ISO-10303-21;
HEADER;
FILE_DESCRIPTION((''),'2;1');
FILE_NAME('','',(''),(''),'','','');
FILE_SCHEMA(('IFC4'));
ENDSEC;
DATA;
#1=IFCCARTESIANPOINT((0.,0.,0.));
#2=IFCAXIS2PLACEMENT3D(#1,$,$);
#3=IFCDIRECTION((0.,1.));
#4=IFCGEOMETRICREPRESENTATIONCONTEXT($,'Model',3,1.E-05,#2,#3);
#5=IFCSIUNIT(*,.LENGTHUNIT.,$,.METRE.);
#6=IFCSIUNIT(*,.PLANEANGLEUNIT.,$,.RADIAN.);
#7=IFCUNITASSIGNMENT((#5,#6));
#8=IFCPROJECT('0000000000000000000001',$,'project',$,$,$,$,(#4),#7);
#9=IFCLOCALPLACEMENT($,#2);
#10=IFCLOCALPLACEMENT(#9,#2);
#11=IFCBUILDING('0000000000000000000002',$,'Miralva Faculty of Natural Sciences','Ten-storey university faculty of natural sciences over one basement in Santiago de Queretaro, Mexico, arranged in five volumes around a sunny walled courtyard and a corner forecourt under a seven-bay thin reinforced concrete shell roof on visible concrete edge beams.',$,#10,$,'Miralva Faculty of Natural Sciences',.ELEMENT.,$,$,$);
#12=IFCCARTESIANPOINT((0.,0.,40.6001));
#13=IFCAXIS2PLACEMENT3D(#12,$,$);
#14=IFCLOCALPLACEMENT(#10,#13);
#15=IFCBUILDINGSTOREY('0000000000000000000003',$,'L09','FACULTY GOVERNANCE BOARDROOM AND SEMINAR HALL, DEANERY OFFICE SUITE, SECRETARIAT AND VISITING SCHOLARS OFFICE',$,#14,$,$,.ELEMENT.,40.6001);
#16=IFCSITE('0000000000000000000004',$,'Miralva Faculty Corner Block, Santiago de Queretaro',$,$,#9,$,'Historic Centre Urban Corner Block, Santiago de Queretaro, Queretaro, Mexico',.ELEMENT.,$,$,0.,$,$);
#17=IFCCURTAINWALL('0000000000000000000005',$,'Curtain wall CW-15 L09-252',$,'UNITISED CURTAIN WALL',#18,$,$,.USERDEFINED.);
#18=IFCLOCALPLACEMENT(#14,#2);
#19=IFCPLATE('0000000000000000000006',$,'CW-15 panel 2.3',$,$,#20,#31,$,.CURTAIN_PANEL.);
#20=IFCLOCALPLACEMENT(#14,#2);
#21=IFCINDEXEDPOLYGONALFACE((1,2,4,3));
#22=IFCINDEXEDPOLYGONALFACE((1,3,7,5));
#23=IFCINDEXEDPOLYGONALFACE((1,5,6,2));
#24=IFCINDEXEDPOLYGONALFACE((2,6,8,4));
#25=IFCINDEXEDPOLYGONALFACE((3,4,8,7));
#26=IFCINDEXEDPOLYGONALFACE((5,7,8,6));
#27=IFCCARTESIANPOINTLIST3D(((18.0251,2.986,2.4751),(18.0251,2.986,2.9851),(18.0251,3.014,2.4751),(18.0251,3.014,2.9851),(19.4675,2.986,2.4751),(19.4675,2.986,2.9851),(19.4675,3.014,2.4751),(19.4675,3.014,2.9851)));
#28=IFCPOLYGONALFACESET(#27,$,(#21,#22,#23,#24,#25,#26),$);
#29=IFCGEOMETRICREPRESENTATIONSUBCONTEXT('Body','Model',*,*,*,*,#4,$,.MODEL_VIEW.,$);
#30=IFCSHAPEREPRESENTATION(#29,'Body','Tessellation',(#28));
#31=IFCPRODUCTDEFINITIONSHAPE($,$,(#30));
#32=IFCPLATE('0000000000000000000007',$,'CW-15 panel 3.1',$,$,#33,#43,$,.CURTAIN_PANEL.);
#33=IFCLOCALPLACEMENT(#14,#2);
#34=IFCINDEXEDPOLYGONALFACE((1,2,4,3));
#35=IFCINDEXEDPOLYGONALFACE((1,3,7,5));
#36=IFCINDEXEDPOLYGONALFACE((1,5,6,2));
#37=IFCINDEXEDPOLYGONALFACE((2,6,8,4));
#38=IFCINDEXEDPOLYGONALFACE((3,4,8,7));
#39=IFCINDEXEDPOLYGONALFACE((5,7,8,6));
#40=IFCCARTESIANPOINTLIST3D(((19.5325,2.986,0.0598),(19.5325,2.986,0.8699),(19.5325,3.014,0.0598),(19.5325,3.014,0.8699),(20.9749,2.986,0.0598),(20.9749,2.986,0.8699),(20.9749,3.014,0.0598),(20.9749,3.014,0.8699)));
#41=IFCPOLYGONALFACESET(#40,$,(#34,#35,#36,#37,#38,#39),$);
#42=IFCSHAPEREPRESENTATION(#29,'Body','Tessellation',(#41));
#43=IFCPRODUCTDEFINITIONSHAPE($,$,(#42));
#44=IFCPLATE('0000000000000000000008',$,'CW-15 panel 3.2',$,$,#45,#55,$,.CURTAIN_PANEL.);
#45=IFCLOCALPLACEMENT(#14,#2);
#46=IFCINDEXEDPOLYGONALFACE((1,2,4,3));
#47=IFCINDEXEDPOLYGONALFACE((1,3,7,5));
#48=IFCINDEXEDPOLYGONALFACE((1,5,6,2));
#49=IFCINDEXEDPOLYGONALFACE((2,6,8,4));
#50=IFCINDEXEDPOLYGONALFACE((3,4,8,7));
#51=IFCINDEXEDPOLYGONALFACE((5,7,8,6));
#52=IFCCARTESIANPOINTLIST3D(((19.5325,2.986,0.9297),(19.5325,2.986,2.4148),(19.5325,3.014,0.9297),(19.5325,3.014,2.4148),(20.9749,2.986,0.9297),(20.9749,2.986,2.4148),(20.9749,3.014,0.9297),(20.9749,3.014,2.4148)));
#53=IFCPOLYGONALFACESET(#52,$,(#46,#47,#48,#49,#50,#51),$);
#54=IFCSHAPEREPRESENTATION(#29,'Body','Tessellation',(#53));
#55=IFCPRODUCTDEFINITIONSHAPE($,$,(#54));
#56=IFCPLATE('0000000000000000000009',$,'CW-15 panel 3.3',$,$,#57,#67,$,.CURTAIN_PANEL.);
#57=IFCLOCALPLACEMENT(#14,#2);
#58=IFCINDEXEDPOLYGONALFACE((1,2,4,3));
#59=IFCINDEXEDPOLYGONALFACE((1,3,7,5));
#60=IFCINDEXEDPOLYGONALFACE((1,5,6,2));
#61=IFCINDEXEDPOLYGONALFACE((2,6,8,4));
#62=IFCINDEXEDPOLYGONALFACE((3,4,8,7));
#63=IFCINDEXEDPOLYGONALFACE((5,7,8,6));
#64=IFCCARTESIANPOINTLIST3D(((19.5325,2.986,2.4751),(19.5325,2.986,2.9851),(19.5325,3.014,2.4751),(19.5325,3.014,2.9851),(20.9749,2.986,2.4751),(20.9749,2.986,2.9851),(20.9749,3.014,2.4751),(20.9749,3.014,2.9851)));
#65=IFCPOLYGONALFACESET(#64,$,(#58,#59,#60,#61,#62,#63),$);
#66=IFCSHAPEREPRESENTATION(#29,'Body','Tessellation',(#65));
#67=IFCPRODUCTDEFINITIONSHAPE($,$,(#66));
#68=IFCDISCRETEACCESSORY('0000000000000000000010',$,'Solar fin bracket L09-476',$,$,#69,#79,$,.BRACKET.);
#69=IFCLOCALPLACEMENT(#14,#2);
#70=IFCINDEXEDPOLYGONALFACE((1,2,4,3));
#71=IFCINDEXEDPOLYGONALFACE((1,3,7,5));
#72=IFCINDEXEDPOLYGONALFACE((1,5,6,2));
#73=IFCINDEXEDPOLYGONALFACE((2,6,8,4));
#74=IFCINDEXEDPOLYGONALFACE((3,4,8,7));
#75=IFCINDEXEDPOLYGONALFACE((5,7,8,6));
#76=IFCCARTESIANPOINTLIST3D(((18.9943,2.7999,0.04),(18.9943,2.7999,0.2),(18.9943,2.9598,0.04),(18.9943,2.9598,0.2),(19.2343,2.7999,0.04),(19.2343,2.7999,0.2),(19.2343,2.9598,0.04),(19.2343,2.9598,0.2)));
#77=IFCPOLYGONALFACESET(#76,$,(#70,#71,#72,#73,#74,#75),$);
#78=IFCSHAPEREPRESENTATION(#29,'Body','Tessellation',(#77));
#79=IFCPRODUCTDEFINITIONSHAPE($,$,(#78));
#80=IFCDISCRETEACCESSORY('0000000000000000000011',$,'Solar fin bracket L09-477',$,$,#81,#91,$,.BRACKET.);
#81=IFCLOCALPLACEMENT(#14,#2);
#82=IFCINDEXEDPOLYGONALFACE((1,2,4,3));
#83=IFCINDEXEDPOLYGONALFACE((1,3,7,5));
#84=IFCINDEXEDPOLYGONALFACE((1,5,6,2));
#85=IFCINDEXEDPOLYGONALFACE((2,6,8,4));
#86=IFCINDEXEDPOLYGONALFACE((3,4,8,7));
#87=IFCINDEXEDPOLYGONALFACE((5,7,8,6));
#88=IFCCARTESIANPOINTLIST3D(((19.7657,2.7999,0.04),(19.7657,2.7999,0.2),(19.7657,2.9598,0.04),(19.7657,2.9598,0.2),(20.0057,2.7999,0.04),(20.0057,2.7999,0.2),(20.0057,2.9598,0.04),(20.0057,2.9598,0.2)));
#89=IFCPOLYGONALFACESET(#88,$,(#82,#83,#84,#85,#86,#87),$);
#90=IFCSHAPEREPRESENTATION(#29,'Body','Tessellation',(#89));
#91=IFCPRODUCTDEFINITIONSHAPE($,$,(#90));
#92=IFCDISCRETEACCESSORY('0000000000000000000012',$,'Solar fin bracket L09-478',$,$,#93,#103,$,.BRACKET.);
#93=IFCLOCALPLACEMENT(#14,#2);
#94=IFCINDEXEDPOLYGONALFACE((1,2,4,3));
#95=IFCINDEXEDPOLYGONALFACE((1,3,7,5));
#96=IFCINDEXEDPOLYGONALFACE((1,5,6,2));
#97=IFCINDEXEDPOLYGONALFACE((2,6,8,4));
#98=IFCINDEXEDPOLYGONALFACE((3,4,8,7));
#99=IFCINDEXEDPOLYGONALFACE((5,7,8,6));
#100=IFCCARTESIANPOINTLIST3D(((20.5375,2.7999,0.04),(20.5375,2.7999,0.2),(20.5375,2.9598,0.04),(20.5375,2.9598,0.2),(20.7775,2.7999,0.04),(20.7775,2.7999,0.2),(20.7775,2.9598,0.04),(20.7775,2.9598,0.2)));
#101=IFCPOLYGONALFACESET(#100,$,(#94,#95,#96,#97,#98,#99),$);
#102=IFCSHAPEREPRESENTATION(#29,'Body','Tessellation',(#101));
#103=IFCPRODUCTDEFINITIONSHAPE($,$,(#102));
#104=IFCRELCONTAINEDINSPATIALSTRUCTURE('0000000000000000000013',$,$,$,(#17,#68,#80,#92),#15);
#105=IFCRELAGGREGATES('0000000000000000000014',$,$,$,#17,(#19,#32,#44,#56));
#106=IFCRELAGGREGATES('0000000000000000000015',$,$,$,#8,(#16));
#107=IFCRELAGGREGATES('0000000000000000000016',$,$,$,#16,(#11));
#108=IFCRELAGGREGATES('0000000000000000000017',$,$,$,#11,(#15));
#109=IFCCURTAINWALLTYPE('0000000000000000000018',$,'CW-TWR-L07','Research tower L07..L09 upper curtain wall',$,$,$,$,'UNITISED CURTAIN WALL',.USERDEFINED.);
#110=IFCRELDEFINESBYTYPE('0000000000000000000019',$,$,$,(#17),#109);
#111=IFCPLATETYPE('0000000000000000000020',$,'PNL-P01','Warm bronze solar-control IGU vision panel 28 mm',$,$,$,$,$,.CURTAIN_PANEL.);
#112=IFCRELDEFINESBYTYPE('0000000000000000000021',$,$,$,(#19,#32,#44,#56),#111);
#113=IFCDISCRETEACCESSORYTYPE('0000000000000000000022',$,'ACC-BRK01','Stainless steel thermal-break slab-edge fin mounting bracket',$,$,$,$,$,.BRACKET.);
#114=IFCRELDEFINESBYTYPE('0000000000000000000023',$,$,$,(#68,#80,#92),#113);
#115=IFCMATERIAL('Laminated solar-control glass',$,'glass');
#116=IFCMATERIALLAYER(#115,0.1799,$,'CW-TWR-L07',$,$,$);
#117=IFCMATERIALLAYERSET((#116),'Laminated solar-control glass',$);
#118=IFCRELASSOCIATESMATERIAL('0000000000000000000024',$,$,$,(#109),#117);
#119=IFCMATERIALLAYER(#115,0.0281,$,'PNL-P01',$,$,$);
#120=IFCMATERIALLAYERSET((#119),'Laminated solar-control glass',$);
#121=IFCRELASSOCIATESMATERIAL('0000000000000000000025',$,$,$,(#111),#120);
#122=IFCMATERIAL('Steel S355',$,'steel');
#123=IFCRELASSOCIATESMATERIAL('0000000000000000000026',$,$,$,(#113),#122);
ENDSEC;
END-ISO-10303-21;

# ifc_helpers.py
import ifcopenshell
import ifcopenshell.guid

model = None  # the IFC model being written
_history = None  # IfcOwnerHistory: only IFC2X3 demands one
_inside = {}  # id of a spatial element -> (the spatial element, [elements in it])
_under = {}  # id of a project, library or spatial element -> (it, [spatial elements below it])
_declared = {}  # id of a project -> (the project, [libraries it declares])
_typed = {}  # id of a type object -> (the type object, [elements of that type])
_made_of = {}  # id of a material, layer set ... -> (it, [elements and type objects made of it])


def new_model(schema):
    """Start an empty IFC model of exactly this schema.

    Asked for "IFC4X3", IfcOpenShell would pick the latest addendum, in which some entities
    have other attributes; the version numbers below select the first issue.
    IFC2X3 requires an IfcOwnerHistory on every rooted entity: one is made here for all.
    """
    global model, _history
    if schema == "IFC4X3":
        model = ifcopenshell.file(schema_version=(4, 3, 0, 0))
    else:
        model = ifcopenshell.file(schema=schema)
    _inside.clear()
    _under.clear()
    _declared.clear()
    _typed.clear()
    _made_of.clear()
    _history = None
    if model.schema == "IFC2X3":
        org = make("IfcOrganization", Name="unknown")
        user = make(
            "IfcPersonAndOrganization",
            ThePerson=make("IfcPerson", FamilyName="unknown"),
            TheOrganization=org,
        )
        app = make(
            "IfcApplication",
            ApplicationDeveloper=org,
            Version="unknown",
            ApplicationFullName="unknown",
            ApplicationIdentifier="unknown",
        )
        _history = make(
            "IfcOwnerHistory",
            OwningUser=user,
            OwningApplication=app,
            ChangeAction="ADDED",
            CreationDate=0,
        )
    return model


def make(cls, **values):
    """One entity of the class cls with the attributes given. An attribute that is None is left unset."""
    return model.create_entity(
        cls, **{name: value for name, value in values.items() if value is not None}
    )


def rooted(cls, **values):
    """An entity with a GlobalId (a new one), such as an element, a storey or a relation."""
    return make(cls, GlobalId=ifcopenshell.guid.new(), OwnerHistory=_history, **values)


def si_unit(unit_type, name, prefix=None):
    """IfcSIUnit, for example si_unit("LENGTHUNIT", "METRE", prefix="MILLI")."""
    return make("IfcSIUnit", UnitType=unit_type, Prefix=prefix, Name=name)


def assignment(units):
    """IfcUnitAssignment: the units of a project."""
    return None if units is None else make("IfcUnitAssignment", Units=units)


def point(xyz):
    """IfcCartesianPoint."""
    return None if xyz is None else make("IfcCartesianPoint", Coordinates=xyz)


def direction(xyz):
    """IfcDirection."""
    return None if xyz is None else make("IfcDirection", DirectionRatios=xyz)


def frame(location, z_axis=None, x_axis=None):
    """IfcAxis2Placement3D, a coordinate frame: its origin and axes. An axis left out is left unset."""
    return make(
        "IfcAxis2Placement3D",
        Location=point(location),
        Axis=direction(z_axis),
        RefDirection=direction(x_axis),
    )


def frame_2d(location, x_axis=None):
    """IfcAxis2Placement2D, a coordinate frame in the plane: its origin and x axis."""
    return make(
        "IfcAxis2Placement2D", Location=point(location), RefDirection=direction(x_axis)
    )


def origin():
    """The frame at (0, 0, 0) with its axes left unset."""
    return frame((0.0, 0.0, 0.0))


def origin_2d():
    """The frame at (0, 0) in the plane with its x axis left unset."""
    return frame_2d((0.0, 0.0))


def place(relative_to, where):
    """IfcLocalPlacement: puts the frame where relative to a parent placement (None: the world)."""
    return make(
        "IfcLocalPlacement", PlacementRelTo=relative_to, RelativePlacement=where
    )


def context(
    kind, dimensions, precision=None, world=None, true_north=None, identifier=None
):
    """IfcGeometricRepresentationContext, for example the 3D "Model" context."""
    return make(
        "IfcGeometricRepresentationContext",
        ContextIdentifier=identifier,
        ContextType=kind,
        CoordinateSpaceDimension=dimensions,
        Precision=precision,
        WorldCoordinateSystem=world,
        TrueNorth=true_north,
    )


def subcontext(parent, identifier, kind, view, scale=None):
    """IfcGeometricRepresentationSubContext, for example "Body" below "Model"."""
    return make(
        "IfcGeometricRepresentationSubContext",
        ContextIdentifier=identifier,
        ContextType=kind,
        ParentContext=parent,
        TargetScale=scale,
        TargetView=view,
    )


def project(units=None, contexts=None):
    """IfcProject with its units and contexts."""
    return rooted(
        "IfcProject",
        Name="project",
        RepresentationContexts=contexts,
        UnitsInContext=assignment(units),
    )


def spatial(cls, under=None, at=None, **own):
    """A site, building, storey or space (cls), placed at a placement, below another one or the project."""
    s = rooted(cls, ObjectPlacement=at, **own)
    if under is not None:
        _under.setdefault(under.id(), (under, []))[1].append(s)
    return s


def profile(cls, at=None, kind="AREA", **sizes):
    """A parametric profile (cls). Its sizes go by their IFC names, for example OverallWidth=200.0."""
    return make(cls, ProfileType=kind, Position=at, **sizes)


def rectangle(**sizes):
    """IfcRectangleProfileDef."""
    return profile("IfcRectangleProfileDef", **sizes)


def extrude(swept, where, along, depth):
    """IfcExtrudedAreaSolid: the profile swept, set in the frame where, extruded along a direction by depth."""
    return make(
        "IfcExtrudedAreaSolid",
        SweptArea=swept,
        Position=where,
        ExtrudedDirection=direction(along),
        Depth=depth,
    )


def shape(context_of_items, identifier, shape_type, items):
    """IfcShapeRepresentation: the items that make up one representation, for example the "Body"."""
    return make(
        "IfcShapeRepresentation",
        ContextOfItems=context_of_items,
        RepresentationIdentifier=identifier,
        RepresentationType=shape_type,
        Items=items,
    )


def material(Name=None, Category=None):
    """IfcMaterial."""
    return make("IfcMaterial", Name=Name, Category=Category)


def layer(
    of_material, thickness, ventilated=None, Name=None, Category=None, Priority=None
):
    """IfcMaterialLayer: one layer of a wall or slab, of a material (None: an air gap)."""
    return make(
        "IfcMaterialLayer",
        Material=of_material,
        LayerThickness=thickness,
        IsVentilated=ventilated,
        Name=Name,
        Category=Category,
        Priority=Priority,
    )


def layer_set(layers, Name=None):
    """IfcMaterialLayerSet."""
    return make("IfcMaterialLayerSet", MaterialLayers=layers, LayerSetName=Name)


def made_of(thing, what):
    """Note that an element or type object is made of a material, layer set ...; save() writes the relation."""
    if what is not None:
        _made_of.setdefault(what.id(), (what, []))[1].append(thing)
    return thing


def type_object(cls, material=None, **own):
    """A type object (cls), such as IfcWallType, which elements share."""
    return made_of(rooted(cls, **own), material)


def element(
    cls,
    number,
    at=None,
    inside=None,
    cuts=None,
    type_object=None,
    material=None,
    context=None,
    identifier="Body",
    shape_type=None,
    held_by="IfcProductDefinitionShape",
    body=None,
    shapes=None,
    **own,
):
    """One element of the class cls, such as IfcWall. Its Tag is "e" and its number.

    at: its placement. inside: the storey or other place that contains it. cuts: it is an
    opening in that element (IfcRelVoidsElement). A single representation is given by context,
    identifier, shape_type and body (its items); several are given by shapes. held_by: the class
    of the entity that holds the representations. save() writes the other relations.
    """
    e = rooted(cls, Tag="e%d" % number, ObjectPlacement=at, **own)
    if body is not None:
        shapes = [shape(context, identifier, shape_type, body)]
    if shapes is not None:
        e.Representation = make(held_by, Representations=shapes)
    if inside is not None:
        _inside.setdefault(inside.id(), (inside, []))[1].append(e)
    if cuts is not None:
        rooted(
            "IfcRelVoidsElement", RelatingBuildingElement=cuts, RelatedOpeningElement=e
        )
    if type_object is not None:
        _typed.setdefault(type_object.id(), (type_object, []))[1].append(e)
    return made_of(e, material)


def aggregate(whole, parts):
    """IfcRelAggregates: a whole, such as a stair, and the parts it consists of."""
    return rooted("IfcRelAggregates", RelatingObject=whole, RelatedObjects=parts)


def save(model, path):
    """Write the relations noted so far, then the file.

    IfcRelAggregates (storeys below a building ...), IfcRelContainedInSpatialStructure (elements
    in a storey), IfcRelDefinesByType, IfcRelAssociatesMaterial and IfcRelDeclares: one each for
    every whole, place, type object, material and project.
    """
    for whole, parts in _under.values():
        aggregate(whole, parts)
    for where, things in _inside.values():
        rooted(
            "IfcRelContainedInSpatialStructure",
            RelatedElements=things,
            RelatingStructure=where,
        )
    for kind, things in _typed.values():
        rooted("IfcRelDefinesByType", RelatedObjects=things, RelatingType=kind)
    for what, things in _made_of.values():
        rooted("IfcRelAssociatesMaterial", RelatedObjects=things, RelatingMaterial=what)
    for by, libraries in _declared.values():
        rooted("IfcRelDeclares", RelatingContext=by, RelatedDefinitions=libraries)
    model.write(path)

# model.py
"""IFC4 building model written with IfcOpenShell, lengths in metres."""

from ifc_helpers import new_model, si_unit, direction, frame, origin, origin_2d, place, context, subcontext, project, spatial, rectangle, extrude, material, layer, layer_set, type_object, element, aggregate, save


model = new_model("IFC4")

# Units and contexts
model_context = context("Model", 3, precision=1e-05, world=origin(), true_north=direction((0.0, 1.0)))
body_context = subcontext(model_context, "Body", "Model", "MODEL_VIEW")
ifc_project = project(units=[si_unit("LENGTHUNIT", "METRE"), si_unit("PLANEANGLEUNIT", "RADIAN")], contexts=[model_context])

# Site, building, storey
site_placement = place(None, origin())
site = spatial("IfcSite", under=ifc_project, at=site_placement, Name="Miralva Faculty Corner Block, Santiago de Queretaro", LongName="Historic Centre Urban Corner Block, Santiago de Queretaro, Queretaro, Mexico", CompositionType="ELEMENT", RefElevation=0.0)
building_placement = place(site_placement, origin())
building = spatial("IfcBuilding", under=site, at=building_placement, Name="Miralva Faculty of Natural Sciences", Description="Ten-storey university faculty of natural sciences over one basement in Santiago de Queretaro, Mexico, arranged in five volumes around a sunny walled courtyard and a corner forecourt under a seven-bay thin reinforced concrete shell roof on visible concrete edge beams.", LongName="Miralva Faculty of Natural Sciences", CompositionType="ELEMENT")
storey_placement = place(building_placement, frame((0.0, 0.0, 40.6001)))
storey = spatial("IfcBuildingStorey", under=building, at=storey_placement, Name="L09", Description="FACULTY GOVERNANCE BOARDROOM AND SEMINAR HALL, DEANERY OFFICE SUITE, SECRETARIAT AND VISITING SCHOLARS OFFICE", CompositionType="ELEMENT", Elevation=40.6001)

# Curtain wall
ifc_material_1 = material(Name="Laminated solar-control glass", Category="glass")
ifc_layer_1 = layer(ifc_material_1, 0.1799, Name="CW-TWR-L07")
ifc_layer_set_1 = layer_set([ifc_layer_1], Name="Laminated solar-control glass")
curtain_wall_type = type_object("IfcCurtainWallType", Name="CW-TWR-L07", Description="Research tower L07..L09 upper curtain wall", ElementType="UNITISED CURTAIN WALL", PredefinedType="USERDEFINED", material=ifc_layer_set_1)
curtain_wall_placement = place(storey_placement, origin())
curtain_wall = element("IfcCurtainWall", 1, at=curtain_wall_placement, inside=storey, type_object=curtain_wall_type, Name="Curtain wall CW-15 L09-252", ObjectType="UNITISED CURTAIN WALL", PredefinedType="USERDEFINED")

# Plates
ifc_layer_2 = layer(ifc_material_1, 0.0281, Name="PNL-P01")
ifc_layer_set_2 = layer_set([ifc_layer_2], Name="Laminated solar-control glass")
plate_type = type_object("IfcPlateType", Name="PNL-P01", Description="Warm bronze solar-control IGU vision panel 28 mm", PredefinedType="CURTAIN_PANEL", material=ifc_layer_set_2)
plate_1_placement = place(storey_placement, frame((18.7463, 3.0, 2.4751), z_axis=(0.0, 0.0, 1.0), x_axis=(1.0, 0.0, 0.0)))
plate_1 = element("IfcPlate", 2, at=plate_1_placement, type_object=plate_type, Name="CW-15 panel 2.3", PredefinedType="CURTAIN_PANEL", context=body_context, shape_type="SweptSolid", body=[
    extrude(rectangle(XDim=1.4424, YDim=0.0281, at=origin_2d()), origin(), (0.0, 0.0, 1.0), 0.51),
])
plate_2_placement = place(storey_placement, frame((20.2537, 3.0, 0.0598), z_axis=(0.0, 0.0, 1.0), x_axis=(1.0, 0.0, 0.0)))
plate_2 = element("IfcPlate", 3, at=plate_2_placement, type_object=plate_type, Name="CW-15 panel 3.1", PredefinedType="CURTAIN_PANEL", context=body_context, shape_type="SweptSolid", body=[
    extrude(rectangle(XDim=1.4424, YDim=0.0281, at=origin_2d()), origin(), (0.0, 0.0, 1.0), 0.8101),
])
plate_3_placement = place(storey_placement, frame((20.2537, 3.0, 0.9297), z_axis=(0.0, 0.0, 1.0), x_axis=(1.0, 0.0, 0.0)))
plate_3 = element("IfcPlate", 4, at=plate_3_placement, type_object=plate_type, Name="CW-15 panel 3.2", PredefinedType="CURTAIN_PANEL", context=body_context, shape_type="SweptSolid", body=[
    extrude(rectangle(XDim=1.4424, YDim=0.0281, at=origin_2d()), origin(), (0.0, 0.0, 1.0), 1.4851),
])
plate_4_placement = place(storey_placement, frame((20.2537, 3.0, 2.4751), z_axis=(0.0, 0.0, 1.0), x_axis=(1.0, 0.0, 0.0)))
plate_4 = element("IfcPlate", 5, at=plate_4_placement, type_object=plate_type, Name="CW-15 panel 3.3", PredefinedType="CURTAIN_PANEL", context=body_context, shape_type="SweptSolid", body=[
    extrude(rectangle(XDim=1.4424, YDim=0.0281, at=origin_2d()), origin(), (0.0, 0.0, 1.0), 0.51),
])
aggregate(curtain_wall, [plate_1, plate_2, plate_3, plate_4])

# Discrete accessories
ifc_material_2 = material(Name="Steel S355", Category="steel")
discrete_accessory_type = type_object("IfcDiscreteAccessoryType", Name="ACC-BRK01", Description="Stainless steel thermal-break slab-edge fin mounting bracket", PredefinedType="BRACKET", material=ifc_material_2)
for number, where, z_axis, x_axis, name in (
    (6, (19.1143, 2.8799, 0.04), (0.0, 0.0, 1.0), (0.0, -1.0, 0.0), "Solar fin bracket L09-476"),
    (7, (19.8857, 2.8799, 0.04), (0.0, 0.0, 1.0), (0.0, -1.0, 0.0), "Solar fin bracket L09-477"),
    (8, (20.6575, 2.8799, 0.04), (0.0, 0.0, 1.0), (0.0, -1.0, 0.0), "Solar fin bracket L09-478"),
):
    element("IfcDiscreteAccessory", number, at=place(storey_placement, frame(where, z_axis=z_axis, x_axis=x_axis)), inside=storey, type_object=discrete_accessory_type, Name=name, PredefinedType="BRACKET", context=body_context, shape_type="SweptSolid", body=[
        extrude(rectangle(XDim=0.1599, YDim=0.24, at=origin_2d()), origin(), (0.0, 0.0, 1.0), 0.1599),
    ])

save(model, "model.ifc")
